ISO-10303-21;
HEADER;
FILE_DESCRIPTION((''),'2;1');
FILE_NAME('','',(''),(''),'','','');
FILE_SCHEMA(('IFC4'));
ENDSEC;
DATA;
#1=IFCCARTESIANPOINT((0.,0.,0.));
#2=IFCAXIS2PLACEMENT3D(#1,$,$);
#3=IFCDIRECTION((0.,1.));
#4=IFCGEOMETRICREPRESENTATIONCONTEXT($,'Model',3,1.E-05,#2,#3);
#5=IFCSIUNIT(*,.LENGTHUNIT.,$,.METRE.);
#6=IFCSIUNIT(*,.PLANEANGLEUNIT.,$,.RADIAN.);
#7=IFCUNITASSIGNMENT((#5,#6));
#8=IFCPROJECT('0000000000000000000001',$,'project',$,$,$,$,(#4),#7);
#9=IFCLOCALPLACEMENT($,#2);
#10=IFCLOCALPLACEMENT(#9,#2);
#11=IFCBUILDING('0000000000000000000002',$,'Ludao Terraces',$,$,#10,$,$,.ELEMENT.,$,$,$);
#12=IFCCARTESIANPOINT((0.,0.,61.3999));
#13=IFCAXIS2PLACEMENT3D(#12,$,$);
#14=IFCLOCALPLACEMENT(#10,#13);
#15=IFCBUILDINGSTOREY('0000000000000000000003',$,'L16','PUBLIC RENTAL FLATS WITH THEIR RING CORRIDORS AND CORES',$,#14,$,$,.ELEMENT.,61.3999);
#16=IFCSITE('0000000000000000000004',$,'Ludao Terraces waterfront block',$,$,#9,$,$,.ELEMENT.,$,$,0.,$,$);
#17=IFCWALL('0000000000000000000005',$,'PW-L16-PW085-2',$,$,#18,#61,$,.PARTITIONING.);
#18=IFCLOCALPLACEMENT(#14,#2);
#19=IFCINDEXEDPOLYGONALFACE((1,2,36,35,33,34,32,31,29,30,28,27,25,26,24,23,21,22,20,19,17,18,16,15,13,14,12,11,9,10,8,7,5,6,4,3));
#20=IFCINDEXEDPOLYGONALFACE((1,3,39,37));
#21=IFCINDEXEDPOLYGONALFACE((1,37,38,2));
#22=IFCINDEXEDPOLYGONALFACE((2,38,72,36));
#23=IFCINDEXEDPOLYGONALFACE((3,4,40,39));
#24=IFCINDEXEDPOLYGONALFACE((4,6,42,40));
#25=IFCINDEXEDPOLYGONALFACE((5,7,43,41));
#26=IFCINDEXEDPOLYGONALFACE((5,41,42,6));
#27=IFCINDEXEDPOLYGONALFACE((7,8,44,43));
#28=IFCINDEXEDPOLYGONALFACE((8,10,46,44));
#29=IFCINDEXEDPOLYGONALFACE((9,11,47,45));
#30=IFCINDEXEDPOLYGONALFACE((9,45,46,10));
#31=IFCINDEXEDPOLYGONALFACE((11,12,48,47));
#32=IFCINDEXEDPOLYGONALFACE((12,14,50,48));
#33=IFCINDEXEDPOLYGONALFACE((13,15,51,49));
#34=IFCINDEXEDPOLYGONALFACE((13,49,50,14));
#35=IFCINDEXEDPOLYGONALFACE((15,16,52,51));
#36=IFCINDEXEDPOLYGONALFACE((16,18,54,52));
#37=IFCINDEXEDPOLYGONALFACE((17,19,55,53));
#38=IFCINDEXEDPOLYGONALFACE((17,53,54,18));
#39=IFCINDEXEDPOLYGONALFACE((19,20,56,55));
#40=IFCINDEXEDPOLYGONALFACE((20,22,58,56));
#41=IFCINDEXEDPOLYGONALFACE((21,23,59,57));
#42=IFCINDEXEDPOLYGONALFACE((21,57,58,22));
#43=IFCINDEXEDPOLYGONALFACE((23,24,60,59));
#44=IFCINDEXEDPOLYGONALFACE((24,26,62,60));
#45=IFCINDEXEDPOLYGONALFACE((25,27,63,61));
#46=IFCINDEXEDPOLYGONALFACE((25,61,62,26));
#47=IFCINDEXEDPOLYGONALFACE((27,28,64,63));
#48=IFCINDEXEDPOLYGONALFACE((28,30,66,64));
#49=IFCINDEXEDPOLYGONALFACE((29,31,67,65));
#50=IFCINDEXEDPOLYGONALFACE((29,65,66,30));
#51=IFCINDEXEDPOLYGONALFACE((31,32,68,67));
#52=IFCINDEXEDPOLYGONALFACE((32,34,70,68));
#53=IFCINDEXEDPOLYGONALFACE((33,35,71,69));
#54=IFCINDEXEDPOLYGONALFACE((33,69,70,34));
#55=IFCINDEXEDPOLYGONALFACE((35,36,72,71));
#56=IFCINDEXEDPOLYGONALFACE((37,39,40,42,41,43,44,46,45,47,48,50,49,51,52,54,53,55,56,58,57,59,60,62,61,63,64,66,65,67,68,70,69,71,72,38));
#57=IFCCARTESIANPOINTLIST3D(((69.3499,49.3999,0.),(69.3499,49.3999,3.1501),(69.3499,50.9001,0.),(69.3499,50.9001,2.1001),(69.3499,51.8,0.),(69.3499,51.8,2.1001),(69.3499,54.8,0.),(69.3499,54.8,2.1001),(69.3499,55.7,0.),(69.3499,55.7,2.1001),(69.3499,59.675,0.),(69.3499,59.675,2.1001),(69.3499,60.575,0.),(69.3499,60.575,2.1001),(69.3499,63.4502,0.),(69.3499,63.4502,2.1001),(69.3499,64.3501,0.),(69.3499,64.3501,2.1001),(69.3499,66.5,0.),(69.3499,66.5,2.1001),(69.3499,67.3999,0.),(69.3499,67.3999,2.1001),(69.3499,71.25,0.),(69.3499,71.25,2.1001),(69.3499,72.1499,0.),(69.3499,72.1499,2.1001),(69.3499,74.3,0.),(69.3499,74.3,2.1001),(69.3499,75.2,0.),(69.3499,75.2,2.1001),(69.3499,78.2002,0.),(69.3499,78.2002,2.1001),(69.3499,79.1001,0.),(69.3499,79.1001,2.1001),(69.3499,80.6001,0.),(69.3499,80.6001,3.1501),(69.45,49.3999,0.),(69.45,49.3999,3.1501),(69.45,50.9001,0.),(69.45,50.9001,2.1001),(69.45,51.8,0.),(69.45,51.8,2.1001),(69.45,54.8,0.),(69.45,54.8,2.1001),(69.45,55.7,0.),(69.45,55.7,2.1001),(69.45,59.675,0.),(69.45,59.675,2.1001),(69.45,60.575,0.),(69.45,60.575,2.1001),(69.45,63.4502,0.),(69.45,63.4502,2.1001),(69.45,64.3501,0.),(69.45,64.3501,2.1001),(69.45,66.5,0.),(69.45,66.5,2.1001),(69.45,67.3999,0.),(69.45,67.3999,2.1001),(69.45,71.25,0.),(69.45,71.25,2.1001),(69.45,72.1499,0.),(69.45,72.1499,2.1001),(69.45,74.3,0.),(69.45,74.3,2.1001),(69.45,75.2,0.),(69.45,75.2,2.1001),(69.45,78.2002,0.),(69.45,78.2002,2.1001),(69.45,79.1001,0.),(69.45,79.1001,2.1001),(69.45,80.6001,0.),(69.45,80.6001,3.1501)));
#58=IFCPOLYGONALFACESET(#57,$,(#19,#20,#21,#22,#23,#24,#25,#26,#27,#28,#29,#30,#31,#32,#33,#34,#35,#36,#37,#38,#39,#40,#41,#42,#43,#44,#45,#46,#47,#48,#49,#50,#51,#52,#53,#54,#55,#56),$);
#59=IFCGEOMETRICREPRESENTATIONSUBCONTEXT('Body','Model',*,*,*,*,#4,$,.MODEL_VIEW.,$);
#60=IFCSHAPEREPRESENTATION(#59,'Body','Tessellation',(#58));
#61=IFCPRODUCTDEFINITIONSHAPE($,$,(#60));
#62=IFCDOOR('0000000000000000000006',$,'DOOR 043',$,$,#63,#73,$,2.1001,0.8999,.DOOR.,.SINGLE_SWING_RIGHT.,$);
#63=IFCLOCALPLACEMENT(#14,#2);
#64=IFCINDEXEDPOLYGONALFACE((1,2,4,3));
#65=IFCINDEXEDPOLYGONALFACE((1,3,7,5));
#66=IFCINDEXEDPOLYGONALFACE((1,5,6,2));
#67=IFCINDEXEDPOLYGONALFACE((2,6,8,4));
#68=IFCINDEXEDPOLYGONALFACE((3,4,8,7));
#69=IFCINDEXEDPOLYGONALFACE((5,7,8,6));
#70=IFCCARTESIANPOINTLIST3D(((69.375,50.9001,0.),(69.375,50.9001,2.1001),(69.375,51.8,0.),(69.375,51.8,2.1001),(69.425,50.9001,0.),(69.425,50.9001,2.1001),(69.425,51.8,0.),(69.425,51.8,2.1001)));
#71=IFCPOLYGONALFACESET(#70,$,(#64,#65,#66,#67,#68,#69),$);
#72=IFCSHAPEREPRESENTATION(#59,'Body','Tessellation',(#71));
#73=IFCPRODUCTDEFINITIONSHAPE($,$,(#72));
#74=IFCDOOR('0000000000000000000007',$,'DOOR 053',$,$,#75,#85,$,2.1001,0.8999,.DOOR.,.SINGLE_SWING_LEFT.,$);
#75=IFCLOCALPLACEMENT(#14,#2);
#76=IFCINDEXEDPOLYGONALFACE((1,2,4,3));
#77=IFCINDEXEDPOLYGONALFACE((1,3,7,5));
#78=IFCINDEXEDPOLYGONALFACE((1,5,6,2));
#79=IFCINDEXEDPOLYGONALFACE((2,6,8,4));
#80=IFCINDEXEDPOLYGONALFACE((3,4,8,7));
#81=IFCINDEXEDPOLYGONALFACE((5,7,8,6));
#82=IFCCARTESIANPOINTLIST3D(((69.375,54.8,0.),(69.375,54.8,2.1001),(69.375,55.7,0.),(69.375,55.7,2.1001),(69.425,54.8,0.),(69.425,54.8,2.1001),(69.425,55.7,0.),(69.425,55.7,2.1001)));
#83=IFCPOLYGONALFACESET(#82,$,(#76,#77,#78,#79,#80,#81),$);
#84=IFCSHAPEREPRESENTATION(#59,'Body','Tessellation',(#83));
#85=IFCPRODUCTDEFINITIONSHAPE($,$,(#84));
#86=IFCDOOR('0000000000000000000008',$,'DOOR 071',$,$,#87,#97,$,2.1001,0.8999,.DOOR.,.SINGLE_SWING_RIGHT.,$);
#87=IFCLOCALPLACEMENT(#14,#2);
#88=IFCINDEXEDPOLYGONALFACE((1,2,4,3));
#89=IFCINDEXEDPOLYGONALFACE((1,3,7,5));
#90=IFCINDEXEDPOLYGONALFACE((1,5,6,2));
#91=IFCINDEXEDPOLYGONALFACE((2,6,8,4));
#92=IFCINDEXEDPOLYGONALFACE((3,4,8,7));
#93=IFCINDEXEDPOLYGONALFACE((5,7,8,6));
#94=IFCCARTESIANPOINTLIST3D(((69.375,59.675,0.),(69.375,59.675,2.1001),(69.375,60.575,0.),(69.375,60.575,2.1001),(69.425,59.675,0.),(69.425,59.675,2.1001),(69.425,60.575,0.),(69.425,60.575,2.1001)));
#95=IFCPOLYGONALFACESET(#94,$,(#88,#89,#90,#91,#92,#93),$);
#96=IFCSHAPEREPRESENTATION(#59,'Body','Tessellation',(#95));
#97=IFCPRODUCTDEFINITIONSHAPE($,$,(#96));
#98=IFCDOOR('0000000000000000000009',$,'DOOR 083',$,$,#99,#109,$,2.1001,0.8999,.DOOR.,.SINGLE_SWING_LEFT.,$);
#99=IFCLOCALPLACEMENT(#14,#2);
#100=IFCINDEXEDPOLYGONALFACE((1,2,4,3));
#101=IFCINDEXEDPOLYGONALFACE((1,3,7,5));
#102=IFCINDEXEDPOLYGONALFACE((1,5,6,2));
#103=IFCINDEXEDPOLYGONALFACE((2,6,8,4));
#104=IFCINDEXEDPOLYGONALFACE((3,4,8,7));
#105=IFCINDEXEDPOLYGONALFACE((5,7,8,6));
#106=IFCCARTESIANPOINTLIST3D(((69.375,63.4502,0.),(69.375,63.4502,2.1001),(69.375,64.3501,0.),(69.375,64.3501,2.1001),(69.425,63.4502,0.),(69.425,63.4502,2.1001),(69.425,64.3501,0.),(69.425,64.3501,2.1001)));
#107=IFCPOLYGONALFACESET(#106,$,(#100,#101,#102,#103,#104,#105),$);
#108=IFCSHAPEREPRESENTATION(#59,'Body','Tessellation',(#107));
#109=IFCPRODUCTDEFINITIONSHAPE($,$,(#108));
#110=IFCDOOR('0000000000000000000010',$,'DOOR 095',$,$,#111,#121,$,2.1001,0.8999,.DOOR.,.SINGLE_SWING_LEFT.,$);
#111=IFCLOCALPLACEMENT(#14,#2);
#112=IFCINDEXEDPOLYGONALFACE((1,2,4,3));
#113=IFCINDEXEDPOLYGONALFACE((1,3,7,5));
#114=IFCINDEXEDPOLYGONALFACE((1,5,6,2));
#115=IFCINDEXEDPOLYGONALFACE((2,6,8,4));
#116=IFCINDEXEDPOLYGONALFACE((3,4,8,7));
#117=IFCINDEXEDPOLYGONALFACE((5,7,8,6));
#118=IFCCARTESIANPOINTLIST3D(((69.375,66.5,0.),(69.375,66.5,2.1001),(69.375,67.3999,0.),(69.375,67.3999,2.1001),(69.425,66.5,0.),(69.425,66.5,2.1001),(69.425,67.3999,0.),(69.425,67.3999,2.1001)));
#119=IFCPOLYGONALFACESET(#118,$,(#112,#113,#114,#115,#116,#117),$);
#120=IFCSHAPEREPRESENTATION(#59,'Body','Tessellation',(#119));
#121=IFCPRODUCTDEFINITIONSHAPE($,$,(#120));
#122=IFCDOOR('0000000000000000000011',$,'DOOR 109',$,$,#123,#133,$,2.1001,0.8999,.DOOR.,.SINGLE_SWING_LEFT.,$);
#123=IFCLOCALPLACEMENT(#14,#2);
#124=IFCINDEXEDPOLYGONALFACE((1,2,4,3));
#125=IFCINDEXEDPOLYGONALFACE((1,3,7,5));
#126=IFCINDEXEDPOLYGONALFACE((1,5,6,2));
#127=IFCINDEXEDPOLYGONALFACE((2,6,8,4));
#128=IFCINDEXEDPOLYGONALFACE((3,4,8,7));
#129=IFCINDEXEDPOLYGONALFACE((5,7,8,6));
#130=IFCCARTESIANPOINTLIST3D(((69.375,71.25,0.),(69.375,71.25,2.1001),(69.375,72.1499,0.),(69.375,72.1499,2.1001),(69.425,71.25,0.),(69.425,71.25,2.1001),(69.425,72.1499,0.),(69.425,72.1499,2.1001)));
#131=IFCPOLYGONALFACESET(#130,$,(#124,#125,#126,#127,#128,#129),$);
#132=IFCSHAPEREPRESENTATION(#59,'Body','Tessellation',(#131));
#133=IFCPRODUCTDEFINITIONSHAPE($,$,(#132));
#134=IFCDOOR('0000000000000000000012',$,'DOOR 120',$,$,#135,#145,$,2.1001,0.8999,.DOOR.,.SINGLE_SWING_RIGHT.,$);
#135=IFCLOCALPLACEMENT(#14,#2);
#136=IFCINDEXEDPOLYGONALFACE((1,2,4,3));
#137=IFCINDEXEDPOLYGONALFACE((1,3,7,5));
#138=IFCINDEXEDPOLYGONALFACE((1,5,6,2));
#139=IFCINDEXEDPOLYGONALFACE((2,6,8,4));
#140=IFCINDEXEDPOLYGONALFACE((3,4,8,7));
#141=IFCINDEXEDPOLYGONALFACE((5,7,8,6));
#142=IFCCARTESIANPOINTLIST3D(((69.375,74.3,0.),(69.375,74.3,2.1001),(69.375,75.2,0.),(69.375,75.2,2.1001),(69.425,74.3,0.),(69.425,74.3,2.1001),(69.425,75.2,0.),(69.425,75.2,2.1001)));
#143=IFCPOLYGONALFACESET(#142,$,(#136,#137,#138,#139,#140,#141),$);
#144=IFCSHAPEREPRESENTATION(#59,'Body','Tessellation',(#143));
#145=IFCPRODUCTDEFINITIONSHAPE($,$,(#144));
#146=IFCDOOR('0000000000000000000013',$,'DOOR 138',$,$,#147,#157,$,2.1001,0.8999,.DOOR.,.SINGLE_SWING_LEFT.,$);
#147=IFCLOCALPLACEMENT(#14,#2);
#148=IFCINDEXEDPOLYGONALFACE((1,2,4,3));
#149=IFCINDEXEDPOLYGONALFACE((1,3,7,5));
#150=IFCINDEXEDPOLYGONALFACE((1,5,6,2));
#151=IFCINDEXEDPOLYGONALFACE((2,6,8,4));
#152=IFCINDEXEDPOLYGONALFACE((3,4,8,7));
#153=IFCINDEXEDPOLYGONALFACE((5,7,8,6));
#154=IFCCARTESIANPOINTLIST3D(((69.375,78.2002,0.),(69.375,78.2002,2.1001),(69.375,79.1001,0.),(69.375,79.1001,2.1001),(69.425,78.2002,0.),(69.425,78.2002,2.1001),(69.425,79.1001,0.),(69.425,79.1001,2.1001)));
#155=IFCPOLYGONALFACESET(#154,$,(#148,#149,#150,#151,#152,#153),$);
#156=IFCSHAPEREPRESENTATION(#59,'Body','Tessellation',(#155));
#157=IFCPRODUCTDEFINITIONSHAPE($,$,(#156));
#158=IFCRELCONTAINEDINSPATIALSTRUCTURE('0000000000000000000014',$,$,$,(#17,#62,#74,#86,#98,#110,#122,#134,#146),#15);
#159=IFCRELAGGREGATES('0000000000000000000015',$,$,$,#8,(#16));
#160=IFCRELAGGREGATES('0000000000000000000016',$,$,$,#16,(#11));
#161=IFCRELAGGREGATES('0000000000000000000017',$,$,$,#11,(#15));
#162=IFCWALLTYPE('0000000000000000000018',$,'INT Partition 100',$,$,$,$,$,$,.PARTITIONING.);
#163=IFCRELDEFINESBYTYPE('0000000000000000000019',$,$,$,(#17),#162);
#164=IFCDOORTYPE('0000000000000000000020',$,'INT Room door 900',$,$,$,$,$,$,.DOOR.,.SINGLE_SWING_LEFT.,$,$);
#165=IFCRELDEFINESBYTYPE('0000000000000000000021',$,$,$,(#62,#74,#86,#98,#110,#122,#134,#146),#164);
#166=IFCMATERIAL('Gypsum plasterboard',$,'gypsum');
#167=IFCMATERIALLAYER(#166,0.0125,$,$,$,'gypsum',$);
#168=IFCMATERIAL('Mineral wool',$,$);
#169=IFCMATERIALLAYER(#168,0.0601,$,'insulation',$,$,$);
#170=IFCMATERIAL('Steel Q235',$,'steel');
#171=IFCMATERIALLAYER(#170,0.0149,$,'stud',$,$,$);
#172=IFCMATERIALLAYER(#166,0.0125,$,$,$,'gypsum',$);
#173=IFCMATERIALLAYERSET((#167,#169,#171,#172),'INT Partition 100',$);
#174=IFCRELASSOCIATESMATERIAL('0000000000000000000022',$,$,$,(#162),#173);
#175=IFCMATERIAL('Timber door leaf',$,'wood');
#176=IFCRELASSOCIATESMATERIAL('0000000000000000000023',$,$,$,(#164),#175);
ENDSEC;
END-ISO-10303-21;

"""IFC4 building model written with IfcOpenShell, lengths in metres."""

from ifc_helpers import new_model, si_unit, direction, frame, frame_2d, origin, place, context, subcontext, project, spatial, rectangle, extrude, material, layer, layer_set, type_object, element, fill, save


model = new_model("IFC4")

# Units and contexts
model_context = context("Model", 3, precision=1e-05, world=origin(), true_north=direction((0.0, 1.0)))
body_context = subcontext(model_context, "Body", "Model", "MODEL_VIEW")
ifc_project = project(units=[si_unit("LENGTHUNIT", "METRE"), si_unit("PLANEANGLEUNIT", "RADIAN")], contexts=[model_context])

# Site, building, storey
site_placement = place(None, origin())
site = spatial("IfcSite", under=ifc_project, at=site_placement, Name="Ludao Terraces waterfront block", CompositionType="ELEMENT", RefElevation=0.0)
building_placement = place(site_placement, origin())
building = spatial("IfcBuilding", under=site, at=building_placement, Name="Ludao Terraces", CompositionType="ELEMENT")
storey_placement = place(building_placement, frame((0.0, 0.0, 61.3999)))
storey = spatial("IfcBuildingStorey", under=building, at=storey_placement, Name="L16", Description="PUBLIC RENTAL FLATS WITH THEIR RING CORRIDORS AND CORES", CompositionType="ELEMENT", Elevation=61.3999)

# Shared definitions
ifc_material_1 = material(Name="Gypsum plasterboard", Category="gypsum")
ifc_layer_1 = layer(ifc_material_1, 0.0125, Category="gypsum")
ifc_material_2 = material(Name="Mineral wool")
ifc_layer_2 = layer(ifc_material_2, 0.0601, Name="insulation")
ifc_material_3 = material(Name="Steel Q235", Category="steel")
ifc_layer_3 = layer(ifc_material_3, 0.0149, Name="stud")
ifc_layer_4 = layer(ifc_material_1, 0.0125, Category="gypsum")
ifc_layer_set = layer_set([ifc_layer_1, ifc_layer_2, ifc_layer_3, ifc_layer_4], Name="INT Partition 100")
wall_type = type_object("IfcWallType", Name="INT Partition 100", PredefinedType="PARTITIONING", material=ifc_layer_set)
ifc_material_4 = material(Name="Timber door leaf", Category="wood")
door_type_1 = type_object("IfcDoorType", Name="INT Room door 900", OperationType="SINGLE_SWING_LEFT", PredefinedType="DOOR", material=ifc_material_4)

# Wall, openings, doors
wall_1_placement = place(storey_placement, frame((69.3999, 49.3999, 0.0), z_axis=(0.0, 0.0, 1.0), x_axis=(0.0, 1.0, 0.0)))
wall_1 = element("IfcWall", 1, at=wall_1_placement, inside=storey, type_object=wall_type, Name="PW-L16-PW085-2", PredefinedType="PARTITIONING", context=body_context, shape_type="SweptSolid", body=[
    extrude(rectangle(XDim=31.2002, YDim=0.1001, at=frame_2d((15.6001, 0.0))), origin(), (0.0, 0.0, 1.0), 3.1501),
])
opening_1_placement = place(wall_1_placement, frame((1.5002, 0.0, 0.0)))
opening_1 = element("IfcOpeningElement", 2, at=opening_1_placement, cuts=wall_1, PredefinedType="OPENING", context=body_context, shape_type="SweptSolid", body=[
    extrude(rectangle(XDim=0.8999, YDim=2.1001, at=frame_2d((0.45, 1.05))), frame((0.0, 0.0601, 0.0), z_axis=(0.0, -1.0, 0.0), x_axis=(1.0, 0.0, 0.0)), (0.0, 0.0, 1.0), 0.1201),
])
opening_2_placement = place(wall_1_placement, frame((5.4001, 0.0, 0.0)))
opening_2 = element("IfcOpeningElement", 3, at=opening_2_placement, cuts=wall_1, PredefinedType="OPENING", context=body_context, shape_type="SweptSolid", body=[
    extrude(rectangle(XDim=0.8999, YDim=2.1001, at=frame_2d((0.45, 1.05))), frame((0.0, 0.0601, 0.0), z_axis=(0.0, -1.0, 0.0), x_axis=(1.0, 0.0, 0.0)), (0.0, 0.0, 1.0), 0.1201),
])
opening_3_placement = place(wall_1_placement, frame((10.2751, 0.0, 0.0)))
opening_3 = element("IfcOpeningElement", 4, at=opening_3_placement, cuts=wall_1, PredefinedType="OPENING", context=body_context, shape_type="SweptSolid", body=[
    extrude(rectangle(XDim=0.8999, YDim=2.1001, at=frame_2d((0.45, 1.05))), frame((0.0, 0.0601, 0.0), z_axis=(0.0, -1.0, 0.0), x_axis=(1.0, 0.0, 0.0)), (0.0, 0.0, 1.0), 0.1201),
])
opening_4_placement = place(wall_1_placement, frame((14.0503, 0.0, 0.0)))
opening_4 = element("IfcOpeningElement", 5, at=opening_4_placement, cuts=wall_1, PredefinedType="OPENING", context=body_context, shape_type="SweptSolid", body=[
    extrude(rectangle(XDim=0.8999, YDim=2.1001, at=frame_2d((0.45, 1.05))), frame((0.0, 0.0601, 0.0), z_axis=(0.0, -1.0, 0.0), x_axis=(1.0, 0.0, 0.0)), (0.0, 0.0, 1.0), 0.1201),
])
opening_5_placement = place(wall_1_placement, frame((17.1001, 0.0, 0.0)))
opening_5 = element("IfcOpeningElement", 6, at=opening_5_placement, cuts=wall_1, PredefinedType="OPENING", context=body_context, shape_type="SweptSolid", body=[
    extrude(rectangle(XDim=0.8999, YDim=2.1001, at=frame_2d((0.45, 1.05))), frame((0.0, 0.0601, 0.0), z_axis=(0.0, -1.0, 0.0), x_axis=(1.0, 0.0, 0.0)), (0.0, 0.0, 1.0), 0.1201),
])
opening_6_placement = place(wall_1_placement, frame((21.8501, 0.0, 0.0)))
opening_6 = element("IfcOpeningElement", 7, at=opening_6_placement, cuts=wall_1, PredefinedType="OPENING", context=body_context, shape_type="SweptSolid", body=[
    extrude(rectangle(XDim=0.8999, YDim=2.1001, at=frame_2d((0.45, 1.05))), frame((0.0, 0.0601, 0.0), z_axis=(0.0, -1.0, 0.0), x_axis=(1.0, 0.0, 0.0)), (0.0, 0.0, 1.0), 0.1201),
])
opening_7_placement = place(wall_1_placement, frame((24.9001, 0.0, 0.0)))
opening_7 = element("IfcOpeningElement", 8, at=opening_7_placement, cuts=wall_1, PredefinedType="OPENING", context=body_context, shape_type="SweptSolid", body=[
    extrude(rectangle(XDim=0.8999, YDim=2.1001, at=frame_2d((0.45, 1.05))), frame((0.0, 0.0601, 0.0), z_axis=(0.0, -1.0, 0.0), x_axis=(1.0, 0.0, 0.0)), (0.0, 0.0, 1.0), 0.1201),
])
opening_8_placement = place(wall_1_placement, frame((28.8003, 0.0, 0.0)))
opening_8 = element("IfcOpeningElement", 9, at=opening_8_placement, cuts=wall_1, PredefinedType="OPENING", context=body_context, shape_type="SweptSolid", body=[
    extrude(rectangle(XDim=0.8999, YDim=2.1001, at=frame_2d((0.45, 1.05))), frame((0.0, 0.0601, 0.0), z_axis=(0.0, -1.0, 0.0), x_axis=(1.0, 0.0, 0.0)), (0.0, 0.0, 1.0), 0.1201),
])
door_1_placement = place(opening_1_placement, origin())
door_1 = element("IfcDoor", 10, at=door_1_placement, inside=storey, type_object=door_type_1, Name="DOOR 043", OperationType="SINGLE_SWING_RIGHT", OverallHeight=2.1001, OverallWidth=0.8999, PredefinedType="DOOR", context=body_context, shape_type="SweptSolid", body=[
    extrude(rectangle(XDim=0.8999, YDim=2.1001, at=frame_2d((0.45, 1.05))), frame((0.0, 0.0249, 0.0), z_axis=(0.0, -1.0, 0.0), x_axis=(1.0, 0.0, 0.0)), (0.0, 0.0, 1.0), 0.05),
])
fill(opening_1, door_1)
door_2_placement = place(opening_2_placement, origin())
door_2 = element("IfcDoor", 11, at=door_2_placement, inside=storey, type_object=door_type_1, Name="DOOR 053", OperationType="SINGLE_SWING_LEFT", OverallHeight=2.1001, OverallWidth=0.8999, PredefinedType="DOOR", context=body_context, shape_type="SweptSolid", body=[
    extrude(rectangle(XDim=0.8999, YDim=2.1001, at=frame_2d((0.45, 1.05))), frame((0.0, 0.0249, 0.0), z_axis=(0.0, -1.0, 0.0), x_axis=(1.0, 0.0, 0.0)), (0.0, 0.0, 1.0), 0.05),
])
fill(opening_2, door_2)
door_3_placement = place(opening_3_placement, origin())
door_3 = element("IfcDoor", 12, at=door_3_placement, inside=storey, type_object=door_type_1, Name="DOOR 071", OperationType="SINGLE_SWING_RIGHT", OverallHeight=2.1001, OverallWidth=0.8999, PredefinedType="DOOR", context=body_context, shape_type="SweptSolid", body=[
    extrude(rectangle(XDim=0.8999, YDim=2.1001, at=frame_2d((0.45, 1.05))), frame((0.0, 0.0249, 0.0), z_axis=(0.0, -1.0, 0.0), x_axis=(1.0, 0.0, 0.0)), (0.0, 0.0, 1.0), 0.05),
])
fill(opening_3, door_3)
door_4_placement = place(opening_4_placement, origin())
door_4 = element("IfcDoor", 13, at=door_4_placement, inside=storey, type_object=door_type_1, Name="DOOR 083", OperationType="SINGLE_SWING_LEFT", OverallHeight=2.1001, OverallWidth=0.8999, PredefinedType="DOOR", context=body_context, shape_type="SweptSolid", body=[
    extrude(rectangle(XDim=0.8999, YDim=2.1001, at=frame_2d((0.45, 1.05))), frame((0.0, 0.0249, 0.0), z_axis=(0.0, -1.0, 0.0), x_axis=(1.0, 0.0, 0.0)), (0.0, 0.0, 1.0), 0.05),
])
fill(opening_4, door_4)
door_5_placement = place(opening_5_placement, origin())
door_5 = element("IfcDoor", 14, at=door_5_placement, inside=storey, type_object=door_type_1, Name="DOOR 095", OperationType="SINGLE_SWING_LEFT", OverallHeight=2.1001, OverallWidth=0.8999, PredefinedType="DOOR", context=body_context, shape_type="SweptSolid", body=[
    extrude(rectangle(XDim=0.8999, YDim=2.1001, at=frame_2d((0.45, 1.05))), frame((0.0, 0.0249, 0.0), z_axis=(0.0, -1.0, 0.0), x_axis=(1.0, 0.0, 0.0)), (0.0, 0.0, 1.0), 0.05),
])
fill(opening_5, door_5)
door_6_placement = place(opening_6_placement, origin())
door_6 = element("IfcDoor", 15, at=door_6_placement, inside=storey, type_object=door_type_1, Name="DOOR 109", OperationType="SINGLE_SWING_LEFT", OverallHeight=2.1001, OverallWidth=0.8999, PredefinedType="DOOR", context=body_context, shape_type="SweptSolid", body=[
    extrude(rectangle(XDim=0.8999, YDim=2.1001, at=frame_2d((0.45, 1.05))), frame((0.0, 0.0249, 0.0), z_axis=(0.0, -1.0, 0.0), x_axis=(1.0, 0.0, 0.0)), (0.0, 0.0, 1.0), 0.05),
])
fill(opening_6, door_6)
door_7_placement = place(opening_7_placement, origin())
door_7 = element("IfcDoor", 16, at=door_7_placement, inside=storey, type_object=door_type_1, Name="DOOR 120", OperationType="SINGLE_SWING_RIGHT", OverallHeight=2.1001, OverallWidth=0.8999, PredefinedType="DOOR", context=body_context, shape_type="SweptSolid", body=[
    extrude(rectangle(XDim=0.8999, YDim=2.1001, at=frame_2d((0.45, 1.05))), frame((0.0, 0.0249, 0.0), z_axis=(0.0, -1.0, 0.0), x_axis=(1.0, 0.0, 0.0)), (0.0, 0.0, 1.0), 0.05),
])
fill(opening_7, door_7)
door_8_placement = place(opening_8_placement, origin())
door_8 = element("IfcDoor", 17, at=door_8_placement, inside=storey, type_object=door_type_1, Name="DOOR 138", OperationType="SINGLE_SWING_LEFT", OverallHeight=2.1001, OverallWidth=0.8999, PredefinedType="DOOR", context=body_context, shape_type="SweptSolid", body=[
    extrude(rectangle(XDim=0.8999, YDim=2.1001, at=frame_2d((0.45, 1.05))), frame((0.0, 0.0249, 0.0), z_axis=(0.0, -1.0, 0.0), x_axis=(1.0, 0.0, 0.0)), (0.0, 0.0, 1.0), 0.05),
])
fill(opening_8, door_8)

save(model, "model.ifc")
